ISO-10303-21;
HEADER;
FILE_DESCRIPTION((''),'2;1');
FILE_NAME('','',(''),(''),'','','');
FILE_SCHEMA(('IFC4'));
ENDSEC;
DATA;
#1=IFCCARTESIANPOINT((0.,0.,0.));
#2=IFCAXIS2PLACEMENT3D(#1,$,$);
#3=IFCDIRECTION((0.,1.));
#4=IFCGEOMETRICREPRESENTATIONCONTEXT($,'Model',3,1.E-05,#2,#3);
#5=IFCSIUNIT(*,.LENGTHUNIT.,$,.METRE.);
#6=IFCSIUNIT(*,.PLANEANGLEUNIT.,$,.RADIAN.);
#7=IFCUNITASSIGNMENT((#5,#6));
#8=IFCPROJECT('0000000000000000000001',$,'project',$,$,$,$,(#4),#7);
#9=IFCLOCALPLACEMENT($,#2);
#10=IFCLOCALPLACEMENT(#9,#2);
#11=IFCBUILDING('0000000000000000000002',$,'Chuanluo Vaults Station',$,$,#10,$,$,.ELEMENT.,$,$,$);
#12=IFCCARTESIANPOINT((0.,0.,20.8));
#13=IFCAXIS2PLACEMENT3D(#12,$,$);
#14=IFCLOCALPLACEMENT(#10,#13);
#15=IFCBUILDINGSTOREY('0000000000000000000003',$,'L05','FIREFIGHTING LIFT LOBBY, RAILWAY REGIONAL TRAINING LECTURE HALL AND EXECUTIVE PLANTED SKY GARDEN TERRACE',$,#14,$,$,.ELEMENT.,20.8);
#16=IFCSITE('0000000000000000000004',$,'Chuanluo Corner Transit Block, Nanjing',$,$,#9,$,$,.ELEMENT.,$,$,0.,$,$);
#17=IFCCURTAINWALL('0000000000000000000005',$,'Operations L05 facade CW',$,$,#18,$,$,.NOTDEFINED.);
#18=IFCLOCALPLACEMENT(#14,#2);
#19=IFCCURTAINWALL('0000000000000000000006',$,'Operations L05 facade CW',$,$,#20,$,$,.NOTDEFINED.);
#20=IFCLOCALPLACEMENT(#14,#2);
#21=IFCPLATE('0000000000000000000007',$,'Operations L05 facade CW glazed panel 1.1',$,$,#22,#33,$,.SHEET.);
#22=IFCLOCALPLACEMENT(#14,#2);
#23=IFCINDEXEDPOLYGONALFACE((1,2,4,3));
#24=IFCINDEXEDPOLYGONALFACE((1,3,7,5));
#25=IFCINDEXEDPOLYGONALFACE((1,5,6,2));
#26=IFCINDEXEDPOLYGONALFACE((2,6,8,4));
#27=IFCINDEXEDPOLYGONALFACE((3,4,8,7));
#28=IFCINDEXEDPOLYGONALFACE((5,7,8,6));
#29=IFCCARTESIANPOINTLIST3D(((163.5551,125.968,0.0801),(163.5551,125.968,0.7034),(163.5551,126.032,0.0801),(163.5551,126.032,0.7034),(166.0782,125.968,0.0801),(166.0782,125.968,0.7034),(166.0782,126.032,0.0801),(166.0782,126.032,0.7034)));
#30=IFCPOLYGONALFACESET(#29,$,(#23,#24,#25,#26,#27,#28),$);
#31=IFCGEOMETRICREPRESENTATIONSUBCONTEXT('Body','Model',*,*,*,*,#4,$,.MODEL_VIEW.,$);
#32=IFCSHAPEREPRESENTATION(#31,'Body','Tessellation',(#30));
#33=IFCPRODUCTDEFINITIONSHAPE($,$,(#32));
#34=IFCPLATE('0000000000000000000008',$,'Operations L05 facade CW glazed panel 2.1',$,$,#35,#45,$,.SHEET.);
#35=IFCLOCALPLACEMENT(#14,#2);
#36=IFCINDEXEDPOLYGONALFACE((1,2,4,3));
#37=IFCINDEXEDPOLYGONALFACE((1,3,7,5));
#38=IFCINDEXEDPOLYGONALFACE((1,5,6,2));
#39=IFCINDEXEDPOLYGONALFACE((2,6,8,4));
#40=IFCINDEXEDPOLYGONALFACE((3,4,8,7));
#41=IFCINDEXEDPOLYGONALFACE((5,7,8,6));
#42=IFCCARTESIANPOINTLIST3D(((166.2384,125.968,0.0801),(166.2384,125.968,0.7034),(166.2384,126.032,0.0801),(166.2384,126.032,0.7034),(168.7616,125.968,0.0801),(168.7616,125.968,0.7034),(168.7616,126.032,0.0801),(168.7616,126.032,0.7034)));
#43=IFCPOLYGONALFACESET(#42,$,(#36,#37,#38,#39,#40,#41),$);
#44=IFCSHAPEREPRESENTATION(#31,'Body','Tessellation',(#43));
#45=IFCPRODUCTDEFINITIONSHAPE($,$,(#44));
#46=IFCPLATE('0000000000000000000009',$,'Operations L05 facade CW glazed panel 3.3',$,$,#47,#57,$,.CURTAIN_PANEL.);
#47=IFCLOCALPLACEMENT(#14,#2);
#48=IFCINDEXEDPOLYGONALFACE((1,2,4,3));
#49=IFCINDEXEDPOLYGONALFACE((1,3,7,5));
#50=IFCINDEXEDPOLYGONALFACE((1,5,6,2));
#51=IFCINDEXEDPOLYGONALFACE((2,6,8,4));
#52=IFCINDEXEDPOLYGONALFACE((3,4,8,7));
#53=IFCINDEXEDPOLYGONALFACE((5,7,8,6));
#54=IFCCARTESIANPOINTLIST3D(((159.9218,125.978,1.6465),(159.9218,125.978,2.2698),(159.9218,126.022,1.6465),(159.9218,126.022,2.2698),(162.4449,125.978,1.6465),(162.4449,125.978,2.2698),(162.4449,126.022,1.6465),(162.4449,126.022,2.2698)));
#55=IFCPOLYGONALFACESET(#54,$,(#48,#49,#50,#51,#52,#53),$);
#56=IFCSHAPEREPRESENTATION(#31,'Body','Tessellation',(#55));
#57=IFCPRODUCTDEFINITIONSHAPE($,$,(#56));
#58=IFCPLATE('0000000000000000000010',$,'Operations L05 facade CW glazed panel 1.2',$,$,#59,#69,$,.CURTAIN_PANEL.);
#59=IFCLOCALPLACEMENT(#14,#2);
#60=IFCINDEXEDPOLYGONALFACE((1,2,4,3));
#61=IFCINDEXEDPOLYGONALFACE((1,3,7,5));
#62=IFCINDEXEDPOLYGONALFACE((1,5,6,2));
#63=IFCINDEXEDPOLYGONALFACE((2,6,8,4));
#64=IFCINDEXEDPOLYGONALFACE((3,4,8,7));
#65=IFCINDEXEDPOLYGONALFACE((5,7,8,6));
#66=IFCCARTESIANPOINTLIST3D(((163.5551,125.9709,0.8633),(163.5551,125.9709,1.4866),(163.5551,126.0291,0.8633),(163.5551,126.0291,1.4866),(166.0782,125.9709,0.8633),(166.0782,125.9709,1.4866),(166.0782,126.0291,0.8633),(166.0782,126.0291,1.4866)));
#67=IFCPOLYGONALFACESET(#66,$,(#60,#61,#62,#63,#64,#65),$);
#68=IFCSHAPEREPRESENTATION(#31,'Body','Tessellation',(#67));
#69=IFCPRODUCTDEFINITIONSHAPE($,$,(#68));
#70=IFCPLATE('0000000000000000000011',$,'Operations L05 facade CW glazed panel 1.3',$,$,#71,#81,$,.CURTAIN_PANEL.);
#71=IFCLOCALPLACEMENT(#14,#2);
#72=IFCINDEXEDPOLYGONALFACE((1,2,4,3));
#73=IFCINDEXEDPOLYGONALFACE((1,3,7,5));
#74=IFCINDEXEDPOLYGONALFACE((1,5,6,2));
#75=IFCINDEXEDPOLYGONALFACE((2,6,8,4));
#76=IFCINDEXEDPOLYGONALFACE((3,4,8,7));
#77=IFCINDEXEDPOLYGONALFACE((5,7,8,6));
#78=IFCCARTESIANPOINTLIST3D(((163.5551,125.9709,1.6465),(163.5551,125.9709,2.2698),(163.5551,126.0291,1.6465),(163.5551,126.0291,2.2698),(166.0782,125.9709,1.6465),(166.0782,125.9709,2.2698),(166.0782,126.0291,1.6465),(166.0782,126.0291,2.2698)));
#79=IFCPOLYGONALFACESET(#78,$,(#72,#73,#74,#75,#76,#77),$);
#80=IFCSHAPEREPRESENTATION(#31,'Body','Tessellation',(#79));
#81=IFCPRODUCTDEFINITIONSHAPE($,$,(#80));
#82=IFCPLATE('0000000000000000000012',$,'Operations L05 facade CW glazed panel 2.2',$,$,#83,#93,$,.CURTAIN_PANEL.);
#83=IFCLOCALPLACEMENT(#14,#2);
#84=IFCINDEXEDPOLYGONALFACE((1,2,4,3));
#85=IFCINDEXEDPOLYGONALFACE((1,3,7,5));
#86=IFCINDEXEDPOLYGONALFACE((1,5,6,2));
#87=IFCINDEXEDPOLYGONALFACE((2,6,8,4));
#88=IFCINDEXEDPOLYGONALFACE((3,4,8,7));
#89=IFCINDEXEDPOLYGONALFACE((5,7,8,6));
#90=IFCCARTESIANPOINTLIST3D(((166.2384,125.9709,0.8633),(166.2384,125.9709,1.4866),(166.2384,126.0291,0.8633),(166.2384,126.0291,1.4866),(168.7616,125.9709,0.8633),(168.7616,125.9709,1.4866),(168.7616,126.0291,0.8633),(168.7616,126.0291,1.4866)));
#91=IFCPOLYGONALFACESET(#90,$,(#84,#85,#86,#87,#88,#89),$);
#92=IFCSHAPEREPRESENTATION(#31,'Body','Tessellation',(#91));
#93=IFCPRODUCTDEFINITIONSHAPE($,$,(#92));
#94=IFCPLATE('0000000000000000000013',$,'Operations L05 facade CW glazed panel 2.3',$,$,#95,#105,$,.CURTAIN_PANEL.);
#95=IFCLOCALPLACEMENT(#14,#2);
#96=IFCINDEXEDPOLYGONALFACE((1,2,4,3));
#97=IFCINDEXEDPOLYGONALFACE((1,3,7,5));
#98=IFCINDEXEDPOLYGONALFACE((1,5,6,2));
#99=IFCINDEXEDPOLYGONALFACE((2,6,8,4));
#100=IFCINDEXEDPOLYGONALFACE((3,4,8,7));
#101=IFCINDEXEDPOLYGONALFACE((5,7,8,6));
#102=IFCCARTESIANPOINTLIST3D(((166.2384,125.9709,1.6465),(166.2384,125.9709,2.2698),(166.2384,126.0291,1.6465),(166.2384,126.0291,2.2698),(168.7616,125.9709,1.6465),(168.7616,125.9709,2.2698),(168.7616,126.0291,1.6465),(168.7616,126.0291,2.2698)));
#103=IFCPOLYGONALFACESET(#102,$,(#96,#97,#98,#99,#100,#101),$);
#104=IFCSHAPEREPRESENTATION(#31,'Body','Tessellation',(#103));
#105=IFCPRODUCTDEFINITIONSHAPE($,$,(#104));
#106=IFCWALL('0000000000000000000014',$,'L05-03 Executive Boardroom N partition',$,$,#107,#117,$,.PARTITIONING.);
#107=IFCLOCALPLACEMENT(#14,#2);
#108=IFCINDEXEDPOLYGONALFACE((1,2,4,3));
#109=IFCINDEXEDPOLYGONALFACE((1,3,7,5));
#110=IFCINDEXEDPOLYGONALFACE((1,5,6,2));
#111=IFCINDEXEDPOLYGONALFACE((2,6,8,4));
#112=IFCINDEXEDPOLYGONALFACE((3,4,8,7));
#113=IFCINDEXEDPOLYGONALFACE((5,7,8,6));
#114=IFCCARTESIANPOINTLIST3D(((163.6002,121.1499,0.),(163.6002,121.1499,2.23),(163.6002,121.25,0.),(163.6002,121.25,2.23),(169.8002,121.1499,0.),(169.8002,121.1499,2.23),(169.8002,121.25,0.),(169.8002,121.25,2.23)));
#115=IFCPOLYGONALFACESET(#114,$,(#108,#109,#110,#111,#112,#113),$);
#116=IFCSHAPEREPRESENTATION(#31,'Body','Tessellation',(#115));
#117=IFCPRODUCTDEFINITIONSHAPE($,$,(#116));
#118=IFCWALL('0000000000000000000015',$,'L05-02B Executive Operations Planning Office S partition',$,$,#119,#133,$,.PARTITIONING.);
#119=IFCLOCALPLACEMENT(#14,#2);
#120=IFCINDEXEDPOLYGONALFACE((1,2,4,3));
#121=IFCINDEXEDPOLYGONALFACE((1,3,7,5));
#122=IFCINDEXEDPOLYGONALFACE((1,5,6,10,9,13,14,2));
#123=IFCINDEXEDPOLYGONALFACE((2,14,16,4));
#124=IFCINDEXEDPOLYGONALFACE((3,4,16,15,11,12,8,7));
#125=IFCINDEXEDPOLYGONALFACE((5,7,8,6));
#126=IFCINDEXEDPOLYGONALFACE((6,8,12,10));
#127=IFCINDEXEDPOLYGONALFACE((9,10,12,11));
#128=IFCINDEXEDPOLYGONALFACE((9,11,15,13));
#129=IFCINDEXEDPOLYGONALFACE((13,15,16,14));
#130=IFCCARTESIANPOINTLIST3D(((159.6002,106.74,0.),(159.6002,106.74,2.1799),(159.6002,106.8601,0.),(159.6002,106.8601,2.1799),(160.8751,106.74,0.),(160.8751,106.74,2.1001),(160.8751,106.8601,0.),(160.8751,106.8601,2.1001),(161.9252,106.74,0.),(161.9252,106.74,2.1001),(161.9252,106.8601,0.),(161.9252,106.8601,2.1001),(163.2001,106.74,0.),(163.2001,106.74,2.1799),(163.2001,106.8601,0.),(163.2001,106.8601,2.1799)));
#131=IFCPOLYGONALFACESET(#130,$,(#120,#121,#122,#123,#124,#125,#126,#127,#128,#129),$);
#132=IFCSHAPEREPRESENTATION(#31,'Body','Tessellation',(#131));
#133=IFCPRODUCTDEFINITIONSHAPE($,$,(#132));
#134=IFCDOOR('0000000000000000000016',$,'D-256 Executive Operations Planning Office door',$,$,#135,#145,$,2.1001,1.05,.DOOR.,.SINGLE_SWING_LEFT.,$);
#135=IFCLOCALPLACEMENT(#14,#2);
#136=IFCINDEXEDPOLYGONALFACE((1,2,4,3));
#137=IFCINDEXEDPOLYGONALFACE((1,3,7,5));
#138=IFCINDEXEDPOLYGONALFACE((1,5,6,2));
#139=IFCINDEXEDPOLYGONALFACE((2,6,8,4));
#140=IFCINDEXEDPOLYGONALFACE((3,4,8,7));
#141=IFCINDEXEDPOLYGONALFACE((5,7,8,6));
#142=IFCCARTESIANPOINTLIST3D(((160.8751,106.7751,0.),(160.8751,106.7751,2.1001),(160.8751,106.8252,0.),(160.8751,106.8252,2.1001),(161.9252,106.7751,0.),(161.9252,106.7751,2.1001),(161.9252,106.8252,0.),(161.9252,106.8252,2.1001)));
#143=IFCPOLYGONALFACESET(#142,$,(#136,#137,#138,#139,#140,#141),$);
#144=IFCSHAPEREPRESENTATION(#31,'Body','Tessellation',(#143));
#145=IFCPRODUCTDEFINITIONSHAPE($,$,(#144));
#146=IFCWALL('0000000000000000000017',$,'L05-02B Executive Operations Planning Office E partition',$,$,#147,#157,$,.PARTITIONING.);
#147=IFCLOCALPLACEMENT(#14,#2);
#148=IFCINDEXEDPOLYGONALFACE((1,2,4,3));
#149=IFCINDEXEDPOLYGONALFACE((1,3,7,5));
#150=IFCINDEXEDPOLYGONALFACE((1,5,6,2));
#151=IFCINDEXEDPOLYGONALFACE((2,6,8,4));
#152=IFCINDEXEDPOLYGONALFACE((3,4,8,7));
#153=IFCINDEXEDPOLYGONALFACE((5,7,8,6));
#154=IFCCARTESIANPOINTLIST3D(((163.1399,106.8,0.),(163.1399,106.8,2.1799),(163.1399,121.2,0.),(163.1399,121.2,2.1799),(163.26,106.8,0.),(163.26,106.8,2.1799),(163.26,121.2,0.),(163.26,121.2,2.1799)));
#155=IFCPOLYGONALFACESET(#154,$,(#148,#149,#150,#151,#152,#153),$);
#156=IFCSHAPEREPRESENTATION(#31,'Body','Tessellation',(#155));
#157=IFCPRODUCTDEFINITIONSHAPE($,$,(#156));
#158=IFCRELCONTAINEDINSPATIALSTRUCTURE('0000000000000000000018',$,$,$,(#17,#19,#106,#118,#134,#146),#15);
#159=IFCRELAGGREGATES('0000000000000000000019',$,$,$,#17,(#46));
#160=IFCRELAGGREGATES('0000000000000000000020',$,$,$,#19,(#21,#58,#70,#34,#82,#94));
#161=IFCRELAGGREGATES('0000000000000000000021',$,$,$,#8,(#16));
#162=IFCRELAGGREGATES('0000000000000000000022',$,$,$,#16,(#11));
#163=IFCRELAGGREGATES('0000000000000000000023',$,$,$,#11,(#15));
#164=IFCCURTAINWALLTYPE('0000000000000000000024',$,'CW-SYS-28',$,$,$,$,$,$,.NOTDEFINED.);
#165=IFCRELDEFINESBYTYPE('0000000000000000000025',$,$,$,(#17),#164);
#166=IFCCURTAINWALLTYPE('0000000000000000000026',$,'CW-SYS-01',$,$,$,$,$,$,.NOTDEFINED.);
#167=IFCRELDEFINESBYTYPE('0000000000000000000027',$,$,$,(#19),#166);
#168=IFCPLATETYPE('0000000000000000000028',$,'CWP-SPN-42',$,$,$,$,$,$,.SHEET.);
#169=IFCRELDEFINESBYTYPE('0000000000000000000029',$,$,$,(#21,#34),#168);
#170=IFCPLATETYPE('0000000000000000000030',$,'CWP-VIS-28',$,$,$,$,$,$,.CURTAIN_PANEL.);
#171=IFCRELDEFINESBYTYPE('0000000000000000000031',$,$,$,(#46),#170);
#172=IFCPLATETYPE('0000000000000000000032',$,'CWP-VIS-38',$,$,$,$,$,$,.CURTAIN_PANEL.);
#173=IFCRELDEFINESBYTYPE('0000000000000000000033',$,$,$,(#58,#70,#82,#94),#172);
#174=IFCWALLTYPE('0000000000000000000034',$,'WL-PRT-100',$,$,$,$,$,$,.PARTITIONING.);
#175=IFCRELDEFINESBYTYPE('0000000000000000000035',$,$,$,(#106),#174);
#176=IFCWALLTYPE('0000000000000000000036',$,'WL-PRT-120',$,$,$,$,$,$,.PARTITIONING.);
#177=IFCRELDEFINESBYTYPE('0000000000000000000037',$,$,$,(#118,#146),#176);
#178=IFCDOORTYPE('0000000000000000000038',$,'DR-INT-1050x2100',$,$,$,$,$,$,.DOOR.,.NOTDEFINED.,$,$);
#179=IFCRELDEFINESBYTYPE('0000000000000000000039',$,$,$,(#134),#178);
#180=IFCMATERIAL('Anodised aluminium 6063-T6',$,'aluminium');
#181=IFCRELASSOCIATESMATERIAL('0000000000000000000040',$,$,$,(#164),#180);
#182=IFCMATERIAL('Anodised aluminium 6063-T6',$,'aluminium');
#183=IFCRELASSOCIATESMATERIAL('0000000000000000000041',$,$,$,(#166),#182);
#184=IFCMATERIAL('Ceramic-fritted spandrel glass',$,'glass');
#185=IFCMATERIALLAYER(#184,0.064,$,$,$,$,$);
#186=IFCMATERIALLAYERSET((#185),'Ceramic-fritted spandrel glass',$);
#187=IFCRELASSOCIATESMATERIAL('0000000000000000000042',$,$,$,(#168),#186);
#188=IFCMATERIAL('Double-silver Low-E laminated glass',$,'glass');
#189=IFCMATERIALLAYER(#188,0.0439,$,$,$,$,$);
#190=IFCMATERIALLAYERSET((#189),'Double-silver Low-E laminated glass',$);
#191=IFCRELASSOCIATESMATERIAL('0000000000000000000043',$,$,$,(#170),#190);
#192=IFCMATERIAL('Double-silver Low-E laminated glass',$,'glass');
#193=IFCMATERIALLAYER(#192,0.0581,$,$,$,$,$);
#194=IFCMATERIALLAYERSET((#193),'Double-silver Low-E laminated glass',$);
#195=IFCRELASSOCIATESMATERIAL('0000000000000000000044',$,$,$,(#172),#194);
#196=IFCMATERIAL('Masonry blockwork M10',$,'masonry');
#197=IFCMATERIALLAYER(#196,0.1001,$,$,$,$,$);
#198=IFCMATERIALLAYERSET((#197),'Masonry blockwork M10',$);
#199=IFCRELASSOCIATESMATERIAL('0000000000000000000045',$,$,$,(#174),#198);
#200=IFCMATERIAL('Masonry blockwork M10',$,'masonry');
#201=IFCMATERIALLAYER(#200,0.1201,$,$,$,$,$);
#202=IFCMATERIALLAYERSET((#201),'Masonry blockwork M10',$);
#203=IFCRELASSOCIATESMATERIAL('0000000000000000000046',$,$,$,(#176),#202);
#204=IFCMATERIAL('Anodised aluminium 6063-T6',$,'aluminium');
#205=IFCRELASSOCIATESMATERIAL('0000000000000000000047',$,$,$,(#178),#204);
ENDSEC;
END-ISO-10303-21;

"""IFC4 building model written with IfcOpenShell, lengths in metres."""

from ifc_helpers import new_model, si_unit, direction, frame, frame_2d, origin, origin_2d, place, context, subcontext, project, spatial, rectangle, extrude, material, layer, layer_set, type_object, element, fill, aggregate, save


model = new_model("IFC4")

# Units and contexts
model_context = context("Model", 3, precision=1e-05, world=origin(), true_north=direction((0.0, 1.0)))
body_context = subcontext(model_context, "Body", "Model", "MODEL_VIEW")
ifc_project = project(units=[si_unit("LENGTHUNIT", "METRE"), si_unit("PLANEANGLEUNIT", "RADIAN")], contexts=[model_context])

# Site, building, storey
site_placement = place(None, origin())
site = spatial("IfcSite", under=ifc_project, at=site_placement, Name="Chuanluo Corner Transit Block, Nanjing", CompositionType="ELEMENT", RefElevation=0.0)
building_placement = place(site_placement, origin())
building = spatial("IfcBuilding", under=site, at=building_placement, Name="Chuanluo Vaults Station", CompositionType="ELEMENT")
storey_placement = place(building_placement, frame((0.0, 0.0, 20.8)))
storey = spatial("IfcBuildingStorey", under=building, at=storey_placement, Name="L05", Description="FIREFIGHTING LIFT LOBBY, RAILWAY REGIONAL TRAINING LECTURE HALL AND EXECUTIVE PLANTED SKY GARDEN TERRACE", CompositionType="ELEMENT", Elevation=20.8)

# Curtain wall
ifc_material_1 = material(Name="Anodised aluminium 6063-T6", Category="aluminium")
curtain_wall_type_1 = type_object("IfcCurtainWallType", Name="CW-SYS-28", PredefinedType="NOTDEFINED", material=ifc_material_1)
curtain_wall_1_placement = place(storey_placement, origin())
curtain_wall_1 = element("IfcCurtainWall", 1, at=curtain_wall_1_placement, inside=storey, type_object=curtain_wall_type_1, Name="Operations L05 facade CW", PredefinedType="NOTDEFINED")

# Curtain wall, plates
ifc_material_2 = material(Name="Anodised aluminium 6063-T6", Category="aluminium")
curtain_wall_type_2 = type_object("IfcCurtainWallType", Name="CW-SYS-01", PredefinedType="NOTDEFINED", material=ifc_material_2)
curtain_wall_2_placement = place(storey_placement, origin())
curtain_wall_2 = element("IfcCurtainWall", 2, at=curtain_wall_2_placement, inside=storey, type_object=curtain_wall_type_2, Name="Operations L05 facade CW", PredefinedType="NOTDEFINED")
ifc_material_3 = material(Name="Ceramic-fritted spandrel glass", Category="glass")
ifc_layer_1 = layer(ifc_material_3, 0.064)
ifc_layer_set_1 = layer_set([ifc_layer_1], Name="Ceramic-fritted spandrel glass")
plate_type_1 = type_object("IfcPlateType", Name="CWP-SPN-42", PredefinedType="SHEET", material=ifc_layer_set_1)
plate_1_placement = place(storey_placement, frame((164.8167, 126.0, 0.0801), z_axis=(0.0, 0.0, 1.0), x_axis=(1.0, 0.0, 0.0)))
plate_1 = element("IfcPlate", 3, at=plate_1_placement, type_object=plate_type_1, Name="Operations L05 facade CW glazed panel 1.1", PredefinedType="SHEET", context=body_context, shape_type="SweptSolid", body=[
    extrude(rectangle(XDim=2.5232, YDim=0.064, at=origin_2d()), origin(), (0.0, 0.0, 1.0), 0.6233),
])
plate_2_placement = place(storey_placement, frame((167.5, 126.0, 0.0801), z_axis=(0.0, 0.0, 1.0), x_axis=(1.0, 0.0, 0.0)))
plate_2 = element("IfcPlate", 4, at=plate_2_placement, type_object=plate_type_1, Name="Operations L05 facade CW glazed panel 2.1", PredefinedType="SHEET", context=body_context, shape_type="SweptSolid", body=[
    extrude(rectangle(XDim=2.5232, YDim=0.064, at=origin_2d()), origin(), (0.0, 0.0, 1.0), 0.6233),
])

# Plates
ifc_material_4 = material(Name="Double-silver Low-E laminated glass", Category="glass")
ifc_layer_2 = layer(ifc_material_4, 0.0439)
ifc_layer_set_2 = layer_set([ifc_layer_2], Name="Double-silver Low-E laminated glass")
plate_type_2 = type_object("IfcPlateType", Name="CWP-VIS-28", PredefinedType="CURTAIN_PANEL", material=ifc_layer_set_2)
plate_3_placement = place(storey_placement, frame((161.1833, 126.0, 1.6465), z_axis=(0.0, 0.0, 1.0), x_axis=(1.0, 0.0, 0.0)))
plate_3 = element("IfcPlate", 5, at=plate_3_placement, type_object=plate_type_2, Name="Operations L05 facade CW glazed panel 3.3", PredefinedType="CURTAIN_PANEL", context=body_context, shape_type="SweptSolid", body=[
    extrude(rectangle(XDim=2.5232, YDim=0.0439, at=origin_2d()), origin(), (0.0, 0.0, 1.0), 0.6233),
])
aggregate(curtain_wall_1, [plate_3])
ifc_material_5 = material(Name="Double-silver Low-E laminated glass", Category="glass")
ifc_layer_3 = layer(ifc_material_5, 0.0581)
ifc_layer_set_3 = layer_set([ifc_layer_3], Name="Double-silver Low-E laminated glass")
plate_type_3 = type_object("IfcPlateType", Name="CWP-VIS-38", PredefinedType="CURTAIN_PANEL", material=ifc_layer_set_3)
plate_4_placement = place(storey_placement, frame((164.8167, 126.0, 0.8633), z_axis=(0.0, 0.0, 1.0), x_axis=(1.0, 0.0, 0.0)))
plate_4 = element("IfcPlate", 6, at=plate_4_placement, type_object=plate_type_3, Name="Operations L05 facade CW glazed panel 1.2", PredefinedType="CURTAIN_PANEL", context=body_context, shape_type="SweptSolid", body=[
    extrude(rectangle(XDim=2.5232, YDim=0.0581, at=origin_2d()), origin(), (0.0, 0.0, 1.0), 0.6233),
])
plate_5_placement = place(storey_placement, frame((164.8167, 126.0, 1.6465), z_axis=(0.0, 0.0, 1.0), x_axis=(1.0, 0.0, 0.0)))
plate_5 = element("IfcPlate", 7, at=plate_5_placement, type_object=plate_type_3, Name="Operations L05 facade CW glazed panel 1.3", PredefinedType="CURTAIN_PANEL", context=body_context, shape_type="SweptSolid", body=[
    extrude(rectangle(XDim=2.5232, YDim=0.0581, at=origin_2d()), origin(), (0.0, 0.0, 1.0), 0.6233),
])
plate_6_placement = place(storey_placement, frame((167.5, 126.0, 0.8633), z_axis=(0.0, 0.0, 1.0), x_axis=(1.0, 0.0, 0.0)))
plate_6 = element("IfcPlate", 8, at=plate_6_placement, type_object=plate_type_3, Name="Operations L05 facade CW glazed panel 2.2", PredefinedType="CURTAIN_PANEL", context=body_context, shape_type="SweptSolid", body=[
    extrude(rectangle(XDim=2.5232, YDim=0.0581, at=origin_2d()), origin(), (0.0, 0.0, 1.0), 0.6233),
])
plate_7_placement = place(storey_placement, frame((167.5, 126.0, 1.6465), z_axis=(0.0, 0.0, 1.0), x_axis=(1.0, 0.0, 0.0)))
plate_7 = element("IfcPlate", 9, at=plate_7_placement, type_object=plate_type_3, Name="Operations L05 facade CW glazed panel 2.3", PredefinedType="CURTAIN_PANEL", context=body_context, shape_type="SweptSolid", body=[
    extrude(rectangle(XDim=2.5232, YDim=0.0581, at=origin_2d()), origin(), (0.0, 0.0, 1.0), 0.6233),
])
aggregate(curtain_wall_2, [plate_1, plate_4, plate_5, plate_2, plate_6, plate_7])

# Wall
ifc_material_6 = material(Name="Masonry blockwork M10", Category="masonry")
ifc_layer_4 = layer(ifc_material_6, 0.1001)
ifc_layer_set_4 = layer_set([ifc_layer_4], Name="Masonry blockwork M10")
wall_type_1 = type_object("IfcWallType", Name="WL-PRT-100", PredefinedType="PARTITIONING", material=ifc_layer_set_4)
wall_1_placement = place(storey_placement, frame((163.6001, 121.2, 0.0), z_axis=(0.0, 0.0, 1.0), x_axis=(1.0, 0.0, 0.0)))
element("IfcWall", 10, at=wall_1_placement, inside=storey, type_object=wall_type_1, Name="L05-03 Executive Boardroom N partition", PredefinedType="PARTITIONING", context=body_context, shape_type="SweptSolid", body=[
    extrude(rectangle(XDim=6.2, YDim=0.1001, at=frame_2d((3.1001, 0.0))), origin(), (0.0, 0.0, 1.0), 2.23),
])

# Wall, opening, door
ifc_material_7 = material(Name="Masonry blockwork M10", Category="masonry")
ifc_layer_5 = layer(ifc_material_7, 0.1201)
ifc_layer_set_5 = layer_set([ifc_layer_5], Name="Masonry blockwork M10")
wall_type_2 = type_object("IfcWallType", Name="WL-PRT-120", PredefinedType="PARTITIONING", material=ifc_layer_set_5)
wall_2_placement = place(storey_placement, frame((163.2, 106.8, 0.0), z_axis=(0.0, 0.0, 1.0), x_axis=(-1.0, 0.0, 0.0)))
wall_2 = element("IfcWall", 11, at=wall_2_placement, inside=storey, type_object=wall_type_2, Name="L05-02B Executive Operations Planning Office S partition", PredefinedType="PARTITIONING", context=body_context, shape_type="SweptSolid", body=[
    extrude(rectangle(XDim=3.5999, YDim=0.1201, at=frame_2d((1.7998, 0.0))), origin(), (0.0, 0.0, 1.0), 2.1799),
])
opening_placement = place(wall_2_placement, frame((1.2749, 0.0, 0.0)))
opening = element("IfcOpeningElement", 12, at=opening_placement, cuts=wall_2, PredefinedType="OPENING", context=body_context, shape_type="SweptSolid", body=[
    extrude(rectangle(XDim=1.05, YDim=2.1001, at=frame_2d((0.5249, 1.05))), frame((0.0, 0.0701, 0.0), z_axis=(0.0, -1.0, 0.0), x_axis=(1.0, 0.0, 0.0)), (0.0, 0.0, 1.0), 0.1401),
])
ifc_material_8 = material(Name="Anodised aluminium 6063-T6", Category="aluminium")
door_type = type_object("IfcDoorType", Name="DR-INT-1050x2100", OperationType="NOTDEFINED", PredefinedType="DOOR", material=ifc_material_8)
door_placement = place(opening_placement, origin())
door = element("IfcDoor", 13, at=door_placement, inside=storey, type_object=door_type, Name="D-256 Executive Operations Planning Office door", OperationType="SINGLE_SWING_LEFT", OverallHeight=2.1001, OverallWidth=1.05, PredefinedType="DOOR", context=body_context, shape_type="SweptSolid", body=[
    extrude(rectangle(XDim=1.05, YDim=2.1001, at=frame_2d((0.5249, 1.05))), frame((0.0, 0.0249, 0.0), z_axis=(0.0, -1.0, 0.0), x_axis=(1.0, 0.0, 0.0)), (0.0, 0.0, 1.0), 0.05),
])
fill(opening, door)

# Wall
wall_3_placement = place(storey_placement, frame((163.2, 121.2, 0.0), z_axis=(0.0, 0.0, 1.0), x_axis=(0.0, -1.0, 0.0)))
element("IfcWall", 14, at=wall_3_placement, inside=storey, type_object=wall_type_2, Name="L05-02B Executive Operations Planning Office E partition", PredefinedType="PARTITIONING", context=body_context, shape_type="SweptSolid", body=[
    extrude(rectangle(XDim=14.3999, YDim=0.1201, at=frame_2d((7.2, 0.0))), origin(), (0.0, 0.0, 1.0), 2.1799),
])

save(model, "model.ifc")
